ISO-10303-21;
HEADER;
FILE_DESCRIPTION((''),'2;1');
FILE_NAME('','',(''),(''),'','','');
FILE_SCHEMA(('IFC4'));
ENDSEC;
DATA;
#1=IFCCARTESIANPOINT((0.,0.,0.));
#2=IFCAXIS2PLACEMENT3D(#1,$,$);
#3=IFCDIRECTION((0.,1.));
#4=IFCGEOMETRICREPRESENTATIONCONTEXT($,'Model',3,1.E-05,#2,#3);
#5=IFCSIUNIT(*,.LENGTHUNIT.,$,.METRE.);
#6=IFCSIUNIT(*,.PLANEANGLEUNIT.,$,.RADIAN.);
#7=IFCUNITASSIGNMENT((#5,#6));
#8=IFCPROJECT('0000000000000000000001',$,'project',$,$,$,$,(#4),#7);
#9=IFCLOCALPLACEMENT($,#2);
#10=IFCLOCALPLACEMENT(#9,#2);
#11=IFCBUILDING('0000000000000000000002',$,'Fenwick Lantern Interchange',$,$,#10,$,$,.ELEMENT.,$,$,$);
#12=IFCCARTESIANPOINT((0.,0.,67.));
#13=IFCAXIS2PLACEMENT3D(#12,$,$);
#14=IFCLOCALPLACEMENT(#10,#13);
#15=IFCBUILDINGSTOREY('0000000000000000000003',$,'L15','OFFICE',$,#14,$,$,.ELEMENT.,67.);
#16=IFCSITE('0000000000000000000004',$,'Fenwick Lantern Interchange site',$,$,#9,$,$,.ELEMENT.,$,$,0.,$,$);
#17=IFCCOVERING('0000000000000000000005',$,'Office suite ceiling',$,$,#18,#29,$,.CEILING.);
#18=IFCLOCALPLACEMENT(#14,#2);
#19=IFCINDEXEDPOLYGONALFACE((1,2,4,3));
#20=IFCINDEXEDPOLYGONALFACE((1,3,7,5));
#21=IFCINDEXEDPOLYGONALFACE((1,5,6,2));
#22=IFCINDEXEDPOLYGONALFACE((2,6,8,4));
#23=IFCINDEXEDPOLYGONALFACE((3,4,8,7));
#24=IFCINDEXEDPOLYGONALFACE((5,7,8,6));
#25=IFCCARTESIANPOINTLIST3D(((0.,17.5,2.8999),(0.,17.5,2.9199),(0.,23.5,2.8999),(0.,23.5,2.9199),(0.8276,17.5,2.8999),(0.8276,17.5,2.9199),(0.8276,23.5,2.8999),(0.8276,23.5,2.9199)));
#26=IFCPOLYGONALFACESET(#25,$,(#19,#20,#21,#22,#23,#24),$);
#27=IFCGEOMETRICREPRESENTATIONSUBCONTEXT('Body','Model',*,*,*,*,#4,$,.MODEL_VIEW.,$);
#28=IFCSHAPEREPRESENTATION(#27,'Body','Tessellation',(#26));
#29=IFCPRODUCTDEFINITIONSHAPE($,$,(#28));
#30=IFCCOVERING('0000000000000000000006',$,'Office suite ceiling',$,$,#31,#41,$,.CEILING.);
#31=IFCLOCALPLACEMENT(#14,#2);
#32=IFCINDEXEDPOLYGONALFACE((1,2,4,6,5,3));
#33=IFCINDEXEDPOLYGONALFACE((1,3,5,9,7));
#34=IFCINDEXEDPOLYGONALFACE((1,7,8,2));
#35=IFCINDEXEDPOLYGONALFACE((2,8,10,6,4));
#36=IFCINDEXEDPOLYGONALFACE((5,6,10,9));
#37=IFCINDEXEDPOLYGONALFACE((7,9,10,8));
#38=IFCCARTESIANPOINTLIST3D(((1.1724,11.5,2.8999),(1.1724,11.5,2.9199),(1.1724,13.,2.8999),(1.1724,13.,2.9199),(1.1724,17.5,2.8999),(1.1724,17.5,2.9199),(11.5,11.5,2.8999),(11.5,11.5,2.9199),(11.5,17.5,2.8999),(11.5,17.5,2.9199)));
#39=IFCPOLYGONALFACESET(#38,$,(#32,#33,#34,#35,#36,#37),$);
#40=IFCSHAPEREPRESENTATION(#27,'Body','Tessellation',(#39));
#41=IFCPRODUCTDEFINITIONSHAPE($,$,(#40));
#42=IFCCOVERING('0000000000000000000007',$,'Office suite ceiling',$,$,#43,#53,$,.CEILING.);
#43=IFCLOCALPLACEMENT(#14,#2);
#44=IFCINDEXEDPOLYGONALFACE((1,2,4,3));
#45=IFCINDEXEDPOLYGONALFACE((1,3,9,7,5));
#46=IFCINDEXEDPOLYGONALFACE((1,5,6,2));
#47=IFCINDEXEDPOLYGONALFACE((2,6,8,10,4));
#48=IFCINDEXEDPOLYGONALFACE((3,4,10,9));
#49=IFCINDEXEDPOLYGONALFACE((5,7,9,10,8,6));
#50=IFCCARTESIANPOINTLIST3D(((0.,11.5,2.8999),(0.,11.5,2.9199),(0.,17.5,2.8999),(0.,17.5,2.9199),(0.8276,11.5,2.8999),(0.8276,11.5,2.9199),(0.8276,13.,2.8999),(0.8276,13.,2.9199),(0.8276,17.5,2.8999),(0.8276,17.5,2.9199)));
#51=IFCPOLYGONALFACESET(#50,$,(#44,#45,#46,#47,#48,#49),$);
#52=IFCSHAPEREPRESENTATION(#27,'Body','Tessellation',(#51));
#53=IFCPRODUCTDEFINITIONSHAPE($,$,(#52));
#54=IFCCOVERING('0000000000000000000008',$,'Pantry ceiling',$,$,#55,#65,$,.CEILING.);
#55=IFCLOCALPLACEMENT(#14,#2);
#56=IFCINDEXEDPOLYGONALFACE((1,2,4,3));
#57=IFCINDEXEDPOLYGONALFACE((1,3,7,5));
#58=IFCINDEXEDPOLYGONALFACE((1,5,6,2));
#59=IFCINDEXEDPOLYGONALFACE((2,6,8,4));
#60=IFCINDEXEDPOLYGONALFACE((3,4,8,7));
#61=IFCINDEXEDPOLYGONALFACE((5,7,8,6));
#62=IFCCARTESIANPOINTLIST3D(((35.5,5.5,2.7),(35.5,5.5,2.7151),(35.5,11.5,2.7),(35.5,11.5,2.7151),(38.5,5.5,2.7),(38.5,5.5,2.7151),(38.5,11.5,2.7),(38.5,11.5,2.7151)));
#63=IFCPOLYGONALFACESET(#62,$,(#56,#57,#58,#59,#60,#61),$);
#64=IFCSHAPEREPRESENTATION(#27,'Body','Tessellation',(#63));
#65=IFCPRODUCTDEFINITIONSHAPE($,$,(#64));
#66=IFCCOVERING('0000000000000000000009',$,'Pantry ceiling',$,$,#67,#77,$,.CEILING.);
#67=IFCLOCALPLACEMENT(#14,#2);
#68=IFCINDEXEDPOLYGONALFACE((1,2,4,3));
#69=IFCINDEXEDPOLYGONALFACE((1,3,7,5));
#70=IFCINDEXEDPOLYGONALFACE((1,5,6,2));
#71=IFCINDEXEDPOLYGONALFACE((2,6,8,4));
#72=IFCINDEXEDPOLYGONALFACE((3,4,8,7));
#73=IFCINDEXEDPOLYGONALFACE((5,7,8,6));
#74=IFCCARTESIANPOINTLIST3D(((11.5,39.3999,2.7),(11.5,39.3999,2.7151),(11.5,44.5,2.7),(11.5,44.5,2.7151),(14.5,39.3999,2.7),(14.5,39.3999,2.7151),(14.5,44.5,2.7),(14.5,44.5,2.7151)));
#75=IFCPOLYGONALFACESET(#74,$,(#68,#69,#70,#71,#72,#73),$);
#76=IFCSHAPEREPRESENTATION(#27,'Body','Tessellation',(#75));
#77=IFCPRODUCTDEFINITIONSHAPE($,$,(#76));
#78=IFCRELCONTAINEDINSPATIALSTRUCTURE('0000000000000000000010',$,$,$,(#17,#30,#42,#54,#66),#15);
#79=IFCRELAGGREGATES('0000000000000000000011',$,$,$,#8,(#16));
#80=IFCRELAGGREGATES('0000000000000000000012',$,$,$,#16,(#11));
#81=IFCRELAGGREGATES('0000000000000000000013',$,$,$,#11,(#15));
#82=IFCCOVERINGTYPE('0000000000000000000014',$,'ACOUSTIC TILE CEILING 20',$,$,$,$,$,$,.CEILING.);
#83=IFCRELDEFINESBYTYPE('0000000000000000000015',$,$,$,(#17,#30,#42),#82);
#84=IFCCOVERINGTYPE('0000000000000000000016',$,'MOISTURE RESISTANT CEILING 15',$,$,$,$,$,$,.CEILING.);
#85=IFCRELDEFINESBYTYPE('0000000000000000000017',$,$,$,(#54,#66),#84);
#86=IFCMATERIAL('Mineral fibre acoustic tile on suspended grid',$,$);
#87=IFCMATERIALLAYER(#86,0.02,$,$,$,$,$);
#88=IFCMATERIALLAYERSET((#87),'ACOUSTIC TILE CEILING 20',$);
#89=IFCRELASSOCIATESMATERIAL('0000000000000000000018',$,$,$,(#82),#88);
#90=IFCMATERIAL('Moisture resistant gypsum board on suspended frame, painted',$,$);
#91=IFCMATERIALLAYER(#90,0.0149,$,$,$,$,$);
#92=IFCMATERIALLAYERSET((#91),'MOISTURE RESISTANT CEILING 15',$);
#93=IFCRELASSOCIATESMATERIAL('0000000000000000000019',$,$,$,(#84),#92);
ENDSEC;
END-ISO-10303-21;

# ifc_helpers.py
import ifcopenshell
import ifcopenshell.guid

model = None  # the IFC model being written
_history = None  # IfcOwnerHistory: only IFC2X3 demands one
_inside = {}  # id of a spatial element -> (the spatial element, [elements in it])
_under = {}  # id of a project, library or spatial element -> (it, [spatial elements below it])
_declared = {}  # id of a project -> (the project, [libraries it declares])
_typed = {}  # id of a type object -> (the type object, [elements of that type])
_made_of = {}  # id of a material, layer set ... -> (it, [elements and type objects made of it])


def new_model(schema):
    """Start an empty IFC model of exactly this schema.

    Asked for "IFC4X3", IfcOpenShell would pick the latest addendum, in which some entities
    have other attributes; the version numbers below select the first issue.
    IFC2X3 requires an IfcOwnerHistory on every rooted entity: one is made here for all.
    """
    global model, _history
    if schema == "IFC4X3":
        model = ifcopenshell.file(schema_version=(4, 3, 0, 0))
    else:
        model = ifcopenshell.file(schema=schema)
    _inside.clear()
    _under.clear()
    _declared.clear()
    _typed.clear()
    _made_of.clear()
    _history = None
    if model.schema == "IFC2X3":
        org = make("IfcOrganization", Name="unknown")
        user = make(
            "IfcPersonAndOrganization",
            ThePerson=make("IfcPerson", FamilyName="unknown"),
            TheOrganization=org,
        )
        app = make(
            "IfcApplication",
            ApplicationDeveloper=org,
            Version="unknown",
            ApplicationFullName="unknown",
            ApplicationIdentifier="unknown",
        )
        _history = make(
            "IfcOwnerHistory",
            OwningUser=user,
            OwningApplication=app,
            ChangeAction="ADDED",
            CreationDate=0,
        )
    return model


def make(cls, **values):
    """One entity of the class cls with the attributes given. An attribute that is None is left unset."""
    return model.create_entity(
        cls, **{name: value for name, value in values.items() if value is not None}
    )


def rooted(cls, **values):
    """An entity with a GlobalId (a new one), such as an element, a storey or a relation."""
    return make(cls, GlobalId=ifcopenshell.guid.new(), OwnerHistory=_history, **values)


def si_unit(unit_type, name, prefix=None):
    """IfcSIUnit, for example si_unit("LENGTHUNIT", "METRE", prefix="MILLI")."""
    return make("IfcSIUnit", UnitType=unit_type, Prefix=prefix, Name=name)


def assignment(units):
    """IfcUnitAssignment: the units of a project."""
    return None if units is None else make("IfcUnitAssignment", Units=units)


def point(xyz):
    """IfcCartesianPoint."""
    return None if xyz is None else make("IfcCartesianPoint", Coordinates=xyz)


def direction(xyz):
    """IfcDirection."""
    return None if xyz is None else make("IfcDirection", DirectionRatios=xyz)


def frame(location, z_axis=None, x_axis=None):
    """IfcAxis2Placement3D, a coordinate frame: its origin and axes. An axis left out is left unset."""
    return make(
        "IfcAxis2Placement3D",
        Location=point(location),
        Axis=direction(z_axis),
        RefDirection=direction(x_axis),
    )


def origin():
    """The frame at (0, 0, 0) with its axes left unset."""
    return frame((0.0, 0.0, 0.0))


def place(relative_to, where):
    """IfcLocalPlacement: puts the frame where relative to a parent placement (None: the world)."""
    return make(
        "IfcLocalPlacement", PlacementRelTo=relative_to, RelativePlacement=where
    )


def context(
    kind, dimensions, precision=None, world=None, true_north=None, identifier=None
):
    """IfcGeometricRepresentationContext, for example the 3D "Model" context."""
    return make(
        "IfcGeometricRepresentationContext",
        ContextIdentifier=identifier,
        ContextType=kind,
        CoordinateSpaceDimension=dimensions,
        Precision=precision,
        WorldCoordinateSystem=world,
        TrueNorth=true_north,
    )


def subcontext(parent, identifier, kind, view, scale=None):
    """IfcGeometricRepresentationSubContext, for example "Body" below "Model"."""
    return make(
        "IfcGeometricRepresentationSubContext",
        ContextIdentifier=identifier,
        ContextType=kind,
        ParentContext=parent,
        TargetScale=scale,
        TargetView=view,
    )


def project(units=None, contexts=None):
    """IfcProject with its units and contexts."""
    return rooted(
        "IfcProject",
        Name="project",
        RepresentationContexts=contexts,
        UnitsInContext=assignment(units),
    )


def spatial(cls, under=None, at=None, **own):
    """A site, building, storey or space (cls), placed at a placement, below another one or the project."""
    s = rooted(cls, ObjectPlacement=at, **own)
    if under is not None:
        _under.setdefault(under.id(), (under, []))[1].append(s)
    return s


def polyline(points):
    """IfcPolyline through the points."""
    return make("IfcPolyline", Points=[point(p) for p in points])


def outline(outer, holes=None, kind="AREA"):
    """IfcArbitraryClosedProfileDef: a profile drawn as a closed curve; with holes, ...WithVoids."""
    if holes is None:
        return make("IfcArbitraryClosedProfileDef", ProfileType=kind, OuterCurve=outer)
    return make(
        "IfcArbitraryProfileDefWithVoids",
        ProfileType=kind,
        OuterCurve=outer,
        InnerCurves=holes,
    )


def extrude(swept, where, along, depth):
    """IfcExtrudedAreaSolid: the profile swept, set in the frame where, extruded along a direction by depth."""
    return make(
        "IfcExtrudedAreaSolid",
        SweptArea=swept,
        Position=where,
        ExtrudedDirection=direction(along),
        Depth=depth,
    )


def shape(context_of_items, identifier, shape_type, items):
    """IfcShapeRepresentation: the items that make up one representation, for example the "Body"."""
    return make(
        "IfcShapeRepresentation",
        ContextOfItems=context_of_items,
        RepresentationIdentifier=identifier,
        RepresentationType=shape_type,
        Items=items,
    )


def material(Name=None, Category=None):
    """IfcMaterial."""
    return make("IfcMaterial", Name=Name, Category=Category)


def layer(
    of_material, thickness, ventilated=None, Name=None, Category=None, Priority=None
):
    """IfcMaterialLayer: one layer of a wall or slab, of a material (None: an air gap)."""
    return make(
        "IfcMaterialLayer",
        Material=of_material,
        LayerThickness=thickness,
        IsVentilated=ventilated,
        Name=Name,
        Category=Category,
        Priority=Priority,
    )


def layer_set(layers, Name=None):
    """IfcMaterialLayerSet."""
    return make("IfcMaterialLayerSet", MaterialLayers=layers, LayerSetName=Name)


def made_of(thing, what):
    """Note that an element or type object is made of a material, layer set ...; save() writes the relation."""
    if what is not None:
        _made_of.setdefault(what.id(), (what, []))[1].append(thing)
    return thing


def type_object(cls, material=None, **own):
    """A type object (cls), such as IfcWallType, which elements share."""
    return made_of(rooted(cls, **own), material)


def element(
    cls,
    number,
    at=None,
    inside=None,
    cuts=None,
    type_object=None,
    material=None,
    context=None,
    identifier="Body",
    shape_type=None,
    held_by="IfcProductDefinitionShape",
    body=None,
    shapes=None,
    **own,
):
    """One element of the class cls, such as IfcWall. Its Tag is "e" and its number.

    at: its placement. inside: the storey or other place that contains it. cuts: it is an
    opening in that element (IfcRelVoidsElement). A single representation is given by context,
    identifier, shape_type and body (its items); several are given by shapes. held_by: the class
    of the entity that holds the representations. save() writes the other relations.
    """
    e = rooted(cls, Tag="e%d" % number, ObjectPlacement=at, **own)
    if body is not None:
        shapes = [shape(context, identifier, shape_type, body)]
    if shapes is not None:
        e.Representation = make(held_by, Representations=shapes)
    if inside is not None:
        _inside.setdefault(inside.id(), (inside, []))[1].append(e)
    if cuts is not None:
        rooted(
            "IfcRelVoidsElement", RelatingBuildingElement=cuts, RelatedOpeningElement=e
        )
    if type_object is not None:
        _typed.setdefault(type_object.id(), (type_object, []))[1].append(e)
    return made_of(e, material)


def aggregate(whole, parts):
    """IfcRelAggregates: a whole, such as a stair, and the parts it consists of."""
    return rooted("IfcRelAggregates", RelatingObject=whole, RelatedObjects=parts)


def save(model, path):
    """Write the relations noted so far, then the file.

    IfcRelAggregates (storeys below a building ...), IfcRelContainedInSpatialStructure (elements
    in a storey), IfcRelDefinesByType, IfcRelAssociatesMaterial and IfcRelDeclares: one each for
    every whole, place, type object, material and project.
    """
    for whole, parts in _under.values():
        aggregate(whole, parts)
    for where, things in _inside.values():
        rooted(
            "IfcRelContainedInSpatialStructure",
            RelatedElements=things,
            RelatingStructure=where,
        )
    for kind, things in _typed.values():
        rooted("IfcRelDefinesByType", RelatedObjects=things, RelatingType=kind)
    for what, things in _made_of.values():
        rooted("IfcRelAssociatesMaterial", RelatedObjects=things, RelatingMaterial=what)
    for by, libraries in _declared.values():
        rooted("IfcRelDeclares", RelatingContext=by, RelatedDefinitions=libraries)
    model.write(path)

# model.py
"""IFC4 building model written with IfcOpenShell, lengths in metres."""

from ifc_helpers import new_model, si_unit, direction, frame, origin, place, context, subcontext, project, spatial, polyline, outline, extrude, material, layer, layer_set, type_object, element, save


model = new_model("IFC4")

# Units and contexts
model_context = context("Model", 3, precision=1e-05, world=origin(), true_north=direction((0.0, 1.0)))
body_context = subcontext(model_context, "Body", "Model", "MODEL_VIEW")
ifc_project = project(units=[si_unit("LENGTHUNIT", "METRE"), si_unit("PLANEANGLEUNIT", "RADIAN")], contexts=[model_context])

# Site, building, storey
site_placement = place(None, origin())
site = spatial("IfcSite", under=ifc_project, at=site_placement, Name="Fenwick Lantern Interchange site", CompositionType="ELEMENT", RefElevation=0.0)
building_placement = place(site_placement, origin())
building = spatial("IfcBuilding", under=site, at=building_placement, Name="Fenwick Lantern Interchange", CompositionType="ELEMENT")
storey_placement = place(building_placement, frame((0.0, 0.0, 67.0)))
storey = spatial("IfcBuildingStorey", under=building, at=storey_placement, Name="L15", Description="OFFICE", CompositionType="ELEMENT", Elevation=67.0)

# Coverings
ifc_material_1 = material(Name="Mineral fibre acoustic tile on suspended grid")
ifc_layer_1 = layer(ifc_material_1, 0.02)
ifc_layer_set_1 = layer_set([ifc_layer_1], Name="ACOUSTIC TILE CEILING 20")
covering_type_1 = type_object("IfcCoveringType", Name="ACOUSTIC TILE CEILING 20", PredefinedType="CEILING", material=ifc_layer_set_1)
covering_1_placement = place(storey_placement, frame((0.0, 0.0, 2.8999)))
element("IfcCovering", 1, at=covering_1_placement, inside=storey, type_object=covering_type_1, Name="Office suite ceiling", PredefinedType="CEILING", context=body_context, shape_type="SweptSolid", body=[
    extrude(outline(polyline([(0.0, 23.5), (0.0, 17.5), (0.8276, 17.5), (0.8276, 23.5), (0.0, 23.5)])), origin(), (0.0, 0.0, 1.0), 0.02),
])
covering_2_placement = place(storey_placement, frame((0.0, 0.0, 2.8999)))
element("IfcCovering", 2, at=covering_2_placement, inside=storey, type_object=covering_type_1, Name="Office suite ceiling", PredefinedType="CEILING", context=body_context, shape_type="SweptSolid", body=[
    extrude(outline(polyline([(11.5, 17.5), (1.1724, 17.5), (1.1724, 13.0), (1.1724, 11.5), (11.5, 11.5), (11.5, 17.5)])), origin(), (0.0, 0.0, 1.0), 0.02),
])
covering_3_placement = place(storey_placement, frame((0.0, 0.0, 2.8999)))
element("IfcCovering", 3, at=covering_3_placement, inside=storey, type_object=covering_type_1, Name="Office suite ceiling", PredefinedType="CEILING", context=body_context, shape_type="SweptSolid", body=[
    extrude(outline(polyline([(0.0, 17.5), (0.0, 11.5), (0.8276, 11.5), (0.8276, 13.0), (0.8276, 17.5), (0.0, 17.5)])), origin(), (0.0, 0.0, 1.0), 0.02),
])
ifc_material_2 = material(Name="Moisture resistant gypsum board on suspended frame, painted")
ifc_layer_2 = layer(ifc_material_2, 0.0149)
ifc_layer_set_2 = layer_set([ifc_layer_2], Name="MOISTURE RESISTANT CEILING 15")
covering_type_2 = type_object("IfcCoveringType", Name="MOISTURE RESISTANT CEILING 15", PredefinedType="CEILING", material=ifc_layer_set_2)
covering_4_placement = place(storey_placement, frame((0.0, 0.0, 2.7)))
element("IfcCovering", 4, at=covering_4_placement, inside=storey, type_object=covering_type_2, Name="Pantry ceiling", PredefinedType="CEILING", context=body_context, shape_type="SweptSolid", body=[
    extrude(outline(polyline([(35.5, 5.5), (38.5, 5.5), (38.5, 11.5), (35.5, 11.5), (35.5, 5.5)])), origin(), (0.0, 0.0, 1.0), 0.0151),
])
covering_5_placement = place(storey_placement, frame((0.0, 0.0, 2.7)))
element("IfcCovering", 5, at=covering_5_placement, inside=storey, type_object=covering_type_2, Name="Pantry ceiling", PredefinedType="CEILING", context=body_context, shape_type="SweptSolid", body=[
    extrude(outline(polyline([(14.5, 44.5), (11.5, 44.5), (11.5, 39.3999), (14.5, 39.3999), (14.5, 44.5)])), origin(), (0.0, 0.0, 1.0), 0.0151),
])

save(model, "model.ifc")
